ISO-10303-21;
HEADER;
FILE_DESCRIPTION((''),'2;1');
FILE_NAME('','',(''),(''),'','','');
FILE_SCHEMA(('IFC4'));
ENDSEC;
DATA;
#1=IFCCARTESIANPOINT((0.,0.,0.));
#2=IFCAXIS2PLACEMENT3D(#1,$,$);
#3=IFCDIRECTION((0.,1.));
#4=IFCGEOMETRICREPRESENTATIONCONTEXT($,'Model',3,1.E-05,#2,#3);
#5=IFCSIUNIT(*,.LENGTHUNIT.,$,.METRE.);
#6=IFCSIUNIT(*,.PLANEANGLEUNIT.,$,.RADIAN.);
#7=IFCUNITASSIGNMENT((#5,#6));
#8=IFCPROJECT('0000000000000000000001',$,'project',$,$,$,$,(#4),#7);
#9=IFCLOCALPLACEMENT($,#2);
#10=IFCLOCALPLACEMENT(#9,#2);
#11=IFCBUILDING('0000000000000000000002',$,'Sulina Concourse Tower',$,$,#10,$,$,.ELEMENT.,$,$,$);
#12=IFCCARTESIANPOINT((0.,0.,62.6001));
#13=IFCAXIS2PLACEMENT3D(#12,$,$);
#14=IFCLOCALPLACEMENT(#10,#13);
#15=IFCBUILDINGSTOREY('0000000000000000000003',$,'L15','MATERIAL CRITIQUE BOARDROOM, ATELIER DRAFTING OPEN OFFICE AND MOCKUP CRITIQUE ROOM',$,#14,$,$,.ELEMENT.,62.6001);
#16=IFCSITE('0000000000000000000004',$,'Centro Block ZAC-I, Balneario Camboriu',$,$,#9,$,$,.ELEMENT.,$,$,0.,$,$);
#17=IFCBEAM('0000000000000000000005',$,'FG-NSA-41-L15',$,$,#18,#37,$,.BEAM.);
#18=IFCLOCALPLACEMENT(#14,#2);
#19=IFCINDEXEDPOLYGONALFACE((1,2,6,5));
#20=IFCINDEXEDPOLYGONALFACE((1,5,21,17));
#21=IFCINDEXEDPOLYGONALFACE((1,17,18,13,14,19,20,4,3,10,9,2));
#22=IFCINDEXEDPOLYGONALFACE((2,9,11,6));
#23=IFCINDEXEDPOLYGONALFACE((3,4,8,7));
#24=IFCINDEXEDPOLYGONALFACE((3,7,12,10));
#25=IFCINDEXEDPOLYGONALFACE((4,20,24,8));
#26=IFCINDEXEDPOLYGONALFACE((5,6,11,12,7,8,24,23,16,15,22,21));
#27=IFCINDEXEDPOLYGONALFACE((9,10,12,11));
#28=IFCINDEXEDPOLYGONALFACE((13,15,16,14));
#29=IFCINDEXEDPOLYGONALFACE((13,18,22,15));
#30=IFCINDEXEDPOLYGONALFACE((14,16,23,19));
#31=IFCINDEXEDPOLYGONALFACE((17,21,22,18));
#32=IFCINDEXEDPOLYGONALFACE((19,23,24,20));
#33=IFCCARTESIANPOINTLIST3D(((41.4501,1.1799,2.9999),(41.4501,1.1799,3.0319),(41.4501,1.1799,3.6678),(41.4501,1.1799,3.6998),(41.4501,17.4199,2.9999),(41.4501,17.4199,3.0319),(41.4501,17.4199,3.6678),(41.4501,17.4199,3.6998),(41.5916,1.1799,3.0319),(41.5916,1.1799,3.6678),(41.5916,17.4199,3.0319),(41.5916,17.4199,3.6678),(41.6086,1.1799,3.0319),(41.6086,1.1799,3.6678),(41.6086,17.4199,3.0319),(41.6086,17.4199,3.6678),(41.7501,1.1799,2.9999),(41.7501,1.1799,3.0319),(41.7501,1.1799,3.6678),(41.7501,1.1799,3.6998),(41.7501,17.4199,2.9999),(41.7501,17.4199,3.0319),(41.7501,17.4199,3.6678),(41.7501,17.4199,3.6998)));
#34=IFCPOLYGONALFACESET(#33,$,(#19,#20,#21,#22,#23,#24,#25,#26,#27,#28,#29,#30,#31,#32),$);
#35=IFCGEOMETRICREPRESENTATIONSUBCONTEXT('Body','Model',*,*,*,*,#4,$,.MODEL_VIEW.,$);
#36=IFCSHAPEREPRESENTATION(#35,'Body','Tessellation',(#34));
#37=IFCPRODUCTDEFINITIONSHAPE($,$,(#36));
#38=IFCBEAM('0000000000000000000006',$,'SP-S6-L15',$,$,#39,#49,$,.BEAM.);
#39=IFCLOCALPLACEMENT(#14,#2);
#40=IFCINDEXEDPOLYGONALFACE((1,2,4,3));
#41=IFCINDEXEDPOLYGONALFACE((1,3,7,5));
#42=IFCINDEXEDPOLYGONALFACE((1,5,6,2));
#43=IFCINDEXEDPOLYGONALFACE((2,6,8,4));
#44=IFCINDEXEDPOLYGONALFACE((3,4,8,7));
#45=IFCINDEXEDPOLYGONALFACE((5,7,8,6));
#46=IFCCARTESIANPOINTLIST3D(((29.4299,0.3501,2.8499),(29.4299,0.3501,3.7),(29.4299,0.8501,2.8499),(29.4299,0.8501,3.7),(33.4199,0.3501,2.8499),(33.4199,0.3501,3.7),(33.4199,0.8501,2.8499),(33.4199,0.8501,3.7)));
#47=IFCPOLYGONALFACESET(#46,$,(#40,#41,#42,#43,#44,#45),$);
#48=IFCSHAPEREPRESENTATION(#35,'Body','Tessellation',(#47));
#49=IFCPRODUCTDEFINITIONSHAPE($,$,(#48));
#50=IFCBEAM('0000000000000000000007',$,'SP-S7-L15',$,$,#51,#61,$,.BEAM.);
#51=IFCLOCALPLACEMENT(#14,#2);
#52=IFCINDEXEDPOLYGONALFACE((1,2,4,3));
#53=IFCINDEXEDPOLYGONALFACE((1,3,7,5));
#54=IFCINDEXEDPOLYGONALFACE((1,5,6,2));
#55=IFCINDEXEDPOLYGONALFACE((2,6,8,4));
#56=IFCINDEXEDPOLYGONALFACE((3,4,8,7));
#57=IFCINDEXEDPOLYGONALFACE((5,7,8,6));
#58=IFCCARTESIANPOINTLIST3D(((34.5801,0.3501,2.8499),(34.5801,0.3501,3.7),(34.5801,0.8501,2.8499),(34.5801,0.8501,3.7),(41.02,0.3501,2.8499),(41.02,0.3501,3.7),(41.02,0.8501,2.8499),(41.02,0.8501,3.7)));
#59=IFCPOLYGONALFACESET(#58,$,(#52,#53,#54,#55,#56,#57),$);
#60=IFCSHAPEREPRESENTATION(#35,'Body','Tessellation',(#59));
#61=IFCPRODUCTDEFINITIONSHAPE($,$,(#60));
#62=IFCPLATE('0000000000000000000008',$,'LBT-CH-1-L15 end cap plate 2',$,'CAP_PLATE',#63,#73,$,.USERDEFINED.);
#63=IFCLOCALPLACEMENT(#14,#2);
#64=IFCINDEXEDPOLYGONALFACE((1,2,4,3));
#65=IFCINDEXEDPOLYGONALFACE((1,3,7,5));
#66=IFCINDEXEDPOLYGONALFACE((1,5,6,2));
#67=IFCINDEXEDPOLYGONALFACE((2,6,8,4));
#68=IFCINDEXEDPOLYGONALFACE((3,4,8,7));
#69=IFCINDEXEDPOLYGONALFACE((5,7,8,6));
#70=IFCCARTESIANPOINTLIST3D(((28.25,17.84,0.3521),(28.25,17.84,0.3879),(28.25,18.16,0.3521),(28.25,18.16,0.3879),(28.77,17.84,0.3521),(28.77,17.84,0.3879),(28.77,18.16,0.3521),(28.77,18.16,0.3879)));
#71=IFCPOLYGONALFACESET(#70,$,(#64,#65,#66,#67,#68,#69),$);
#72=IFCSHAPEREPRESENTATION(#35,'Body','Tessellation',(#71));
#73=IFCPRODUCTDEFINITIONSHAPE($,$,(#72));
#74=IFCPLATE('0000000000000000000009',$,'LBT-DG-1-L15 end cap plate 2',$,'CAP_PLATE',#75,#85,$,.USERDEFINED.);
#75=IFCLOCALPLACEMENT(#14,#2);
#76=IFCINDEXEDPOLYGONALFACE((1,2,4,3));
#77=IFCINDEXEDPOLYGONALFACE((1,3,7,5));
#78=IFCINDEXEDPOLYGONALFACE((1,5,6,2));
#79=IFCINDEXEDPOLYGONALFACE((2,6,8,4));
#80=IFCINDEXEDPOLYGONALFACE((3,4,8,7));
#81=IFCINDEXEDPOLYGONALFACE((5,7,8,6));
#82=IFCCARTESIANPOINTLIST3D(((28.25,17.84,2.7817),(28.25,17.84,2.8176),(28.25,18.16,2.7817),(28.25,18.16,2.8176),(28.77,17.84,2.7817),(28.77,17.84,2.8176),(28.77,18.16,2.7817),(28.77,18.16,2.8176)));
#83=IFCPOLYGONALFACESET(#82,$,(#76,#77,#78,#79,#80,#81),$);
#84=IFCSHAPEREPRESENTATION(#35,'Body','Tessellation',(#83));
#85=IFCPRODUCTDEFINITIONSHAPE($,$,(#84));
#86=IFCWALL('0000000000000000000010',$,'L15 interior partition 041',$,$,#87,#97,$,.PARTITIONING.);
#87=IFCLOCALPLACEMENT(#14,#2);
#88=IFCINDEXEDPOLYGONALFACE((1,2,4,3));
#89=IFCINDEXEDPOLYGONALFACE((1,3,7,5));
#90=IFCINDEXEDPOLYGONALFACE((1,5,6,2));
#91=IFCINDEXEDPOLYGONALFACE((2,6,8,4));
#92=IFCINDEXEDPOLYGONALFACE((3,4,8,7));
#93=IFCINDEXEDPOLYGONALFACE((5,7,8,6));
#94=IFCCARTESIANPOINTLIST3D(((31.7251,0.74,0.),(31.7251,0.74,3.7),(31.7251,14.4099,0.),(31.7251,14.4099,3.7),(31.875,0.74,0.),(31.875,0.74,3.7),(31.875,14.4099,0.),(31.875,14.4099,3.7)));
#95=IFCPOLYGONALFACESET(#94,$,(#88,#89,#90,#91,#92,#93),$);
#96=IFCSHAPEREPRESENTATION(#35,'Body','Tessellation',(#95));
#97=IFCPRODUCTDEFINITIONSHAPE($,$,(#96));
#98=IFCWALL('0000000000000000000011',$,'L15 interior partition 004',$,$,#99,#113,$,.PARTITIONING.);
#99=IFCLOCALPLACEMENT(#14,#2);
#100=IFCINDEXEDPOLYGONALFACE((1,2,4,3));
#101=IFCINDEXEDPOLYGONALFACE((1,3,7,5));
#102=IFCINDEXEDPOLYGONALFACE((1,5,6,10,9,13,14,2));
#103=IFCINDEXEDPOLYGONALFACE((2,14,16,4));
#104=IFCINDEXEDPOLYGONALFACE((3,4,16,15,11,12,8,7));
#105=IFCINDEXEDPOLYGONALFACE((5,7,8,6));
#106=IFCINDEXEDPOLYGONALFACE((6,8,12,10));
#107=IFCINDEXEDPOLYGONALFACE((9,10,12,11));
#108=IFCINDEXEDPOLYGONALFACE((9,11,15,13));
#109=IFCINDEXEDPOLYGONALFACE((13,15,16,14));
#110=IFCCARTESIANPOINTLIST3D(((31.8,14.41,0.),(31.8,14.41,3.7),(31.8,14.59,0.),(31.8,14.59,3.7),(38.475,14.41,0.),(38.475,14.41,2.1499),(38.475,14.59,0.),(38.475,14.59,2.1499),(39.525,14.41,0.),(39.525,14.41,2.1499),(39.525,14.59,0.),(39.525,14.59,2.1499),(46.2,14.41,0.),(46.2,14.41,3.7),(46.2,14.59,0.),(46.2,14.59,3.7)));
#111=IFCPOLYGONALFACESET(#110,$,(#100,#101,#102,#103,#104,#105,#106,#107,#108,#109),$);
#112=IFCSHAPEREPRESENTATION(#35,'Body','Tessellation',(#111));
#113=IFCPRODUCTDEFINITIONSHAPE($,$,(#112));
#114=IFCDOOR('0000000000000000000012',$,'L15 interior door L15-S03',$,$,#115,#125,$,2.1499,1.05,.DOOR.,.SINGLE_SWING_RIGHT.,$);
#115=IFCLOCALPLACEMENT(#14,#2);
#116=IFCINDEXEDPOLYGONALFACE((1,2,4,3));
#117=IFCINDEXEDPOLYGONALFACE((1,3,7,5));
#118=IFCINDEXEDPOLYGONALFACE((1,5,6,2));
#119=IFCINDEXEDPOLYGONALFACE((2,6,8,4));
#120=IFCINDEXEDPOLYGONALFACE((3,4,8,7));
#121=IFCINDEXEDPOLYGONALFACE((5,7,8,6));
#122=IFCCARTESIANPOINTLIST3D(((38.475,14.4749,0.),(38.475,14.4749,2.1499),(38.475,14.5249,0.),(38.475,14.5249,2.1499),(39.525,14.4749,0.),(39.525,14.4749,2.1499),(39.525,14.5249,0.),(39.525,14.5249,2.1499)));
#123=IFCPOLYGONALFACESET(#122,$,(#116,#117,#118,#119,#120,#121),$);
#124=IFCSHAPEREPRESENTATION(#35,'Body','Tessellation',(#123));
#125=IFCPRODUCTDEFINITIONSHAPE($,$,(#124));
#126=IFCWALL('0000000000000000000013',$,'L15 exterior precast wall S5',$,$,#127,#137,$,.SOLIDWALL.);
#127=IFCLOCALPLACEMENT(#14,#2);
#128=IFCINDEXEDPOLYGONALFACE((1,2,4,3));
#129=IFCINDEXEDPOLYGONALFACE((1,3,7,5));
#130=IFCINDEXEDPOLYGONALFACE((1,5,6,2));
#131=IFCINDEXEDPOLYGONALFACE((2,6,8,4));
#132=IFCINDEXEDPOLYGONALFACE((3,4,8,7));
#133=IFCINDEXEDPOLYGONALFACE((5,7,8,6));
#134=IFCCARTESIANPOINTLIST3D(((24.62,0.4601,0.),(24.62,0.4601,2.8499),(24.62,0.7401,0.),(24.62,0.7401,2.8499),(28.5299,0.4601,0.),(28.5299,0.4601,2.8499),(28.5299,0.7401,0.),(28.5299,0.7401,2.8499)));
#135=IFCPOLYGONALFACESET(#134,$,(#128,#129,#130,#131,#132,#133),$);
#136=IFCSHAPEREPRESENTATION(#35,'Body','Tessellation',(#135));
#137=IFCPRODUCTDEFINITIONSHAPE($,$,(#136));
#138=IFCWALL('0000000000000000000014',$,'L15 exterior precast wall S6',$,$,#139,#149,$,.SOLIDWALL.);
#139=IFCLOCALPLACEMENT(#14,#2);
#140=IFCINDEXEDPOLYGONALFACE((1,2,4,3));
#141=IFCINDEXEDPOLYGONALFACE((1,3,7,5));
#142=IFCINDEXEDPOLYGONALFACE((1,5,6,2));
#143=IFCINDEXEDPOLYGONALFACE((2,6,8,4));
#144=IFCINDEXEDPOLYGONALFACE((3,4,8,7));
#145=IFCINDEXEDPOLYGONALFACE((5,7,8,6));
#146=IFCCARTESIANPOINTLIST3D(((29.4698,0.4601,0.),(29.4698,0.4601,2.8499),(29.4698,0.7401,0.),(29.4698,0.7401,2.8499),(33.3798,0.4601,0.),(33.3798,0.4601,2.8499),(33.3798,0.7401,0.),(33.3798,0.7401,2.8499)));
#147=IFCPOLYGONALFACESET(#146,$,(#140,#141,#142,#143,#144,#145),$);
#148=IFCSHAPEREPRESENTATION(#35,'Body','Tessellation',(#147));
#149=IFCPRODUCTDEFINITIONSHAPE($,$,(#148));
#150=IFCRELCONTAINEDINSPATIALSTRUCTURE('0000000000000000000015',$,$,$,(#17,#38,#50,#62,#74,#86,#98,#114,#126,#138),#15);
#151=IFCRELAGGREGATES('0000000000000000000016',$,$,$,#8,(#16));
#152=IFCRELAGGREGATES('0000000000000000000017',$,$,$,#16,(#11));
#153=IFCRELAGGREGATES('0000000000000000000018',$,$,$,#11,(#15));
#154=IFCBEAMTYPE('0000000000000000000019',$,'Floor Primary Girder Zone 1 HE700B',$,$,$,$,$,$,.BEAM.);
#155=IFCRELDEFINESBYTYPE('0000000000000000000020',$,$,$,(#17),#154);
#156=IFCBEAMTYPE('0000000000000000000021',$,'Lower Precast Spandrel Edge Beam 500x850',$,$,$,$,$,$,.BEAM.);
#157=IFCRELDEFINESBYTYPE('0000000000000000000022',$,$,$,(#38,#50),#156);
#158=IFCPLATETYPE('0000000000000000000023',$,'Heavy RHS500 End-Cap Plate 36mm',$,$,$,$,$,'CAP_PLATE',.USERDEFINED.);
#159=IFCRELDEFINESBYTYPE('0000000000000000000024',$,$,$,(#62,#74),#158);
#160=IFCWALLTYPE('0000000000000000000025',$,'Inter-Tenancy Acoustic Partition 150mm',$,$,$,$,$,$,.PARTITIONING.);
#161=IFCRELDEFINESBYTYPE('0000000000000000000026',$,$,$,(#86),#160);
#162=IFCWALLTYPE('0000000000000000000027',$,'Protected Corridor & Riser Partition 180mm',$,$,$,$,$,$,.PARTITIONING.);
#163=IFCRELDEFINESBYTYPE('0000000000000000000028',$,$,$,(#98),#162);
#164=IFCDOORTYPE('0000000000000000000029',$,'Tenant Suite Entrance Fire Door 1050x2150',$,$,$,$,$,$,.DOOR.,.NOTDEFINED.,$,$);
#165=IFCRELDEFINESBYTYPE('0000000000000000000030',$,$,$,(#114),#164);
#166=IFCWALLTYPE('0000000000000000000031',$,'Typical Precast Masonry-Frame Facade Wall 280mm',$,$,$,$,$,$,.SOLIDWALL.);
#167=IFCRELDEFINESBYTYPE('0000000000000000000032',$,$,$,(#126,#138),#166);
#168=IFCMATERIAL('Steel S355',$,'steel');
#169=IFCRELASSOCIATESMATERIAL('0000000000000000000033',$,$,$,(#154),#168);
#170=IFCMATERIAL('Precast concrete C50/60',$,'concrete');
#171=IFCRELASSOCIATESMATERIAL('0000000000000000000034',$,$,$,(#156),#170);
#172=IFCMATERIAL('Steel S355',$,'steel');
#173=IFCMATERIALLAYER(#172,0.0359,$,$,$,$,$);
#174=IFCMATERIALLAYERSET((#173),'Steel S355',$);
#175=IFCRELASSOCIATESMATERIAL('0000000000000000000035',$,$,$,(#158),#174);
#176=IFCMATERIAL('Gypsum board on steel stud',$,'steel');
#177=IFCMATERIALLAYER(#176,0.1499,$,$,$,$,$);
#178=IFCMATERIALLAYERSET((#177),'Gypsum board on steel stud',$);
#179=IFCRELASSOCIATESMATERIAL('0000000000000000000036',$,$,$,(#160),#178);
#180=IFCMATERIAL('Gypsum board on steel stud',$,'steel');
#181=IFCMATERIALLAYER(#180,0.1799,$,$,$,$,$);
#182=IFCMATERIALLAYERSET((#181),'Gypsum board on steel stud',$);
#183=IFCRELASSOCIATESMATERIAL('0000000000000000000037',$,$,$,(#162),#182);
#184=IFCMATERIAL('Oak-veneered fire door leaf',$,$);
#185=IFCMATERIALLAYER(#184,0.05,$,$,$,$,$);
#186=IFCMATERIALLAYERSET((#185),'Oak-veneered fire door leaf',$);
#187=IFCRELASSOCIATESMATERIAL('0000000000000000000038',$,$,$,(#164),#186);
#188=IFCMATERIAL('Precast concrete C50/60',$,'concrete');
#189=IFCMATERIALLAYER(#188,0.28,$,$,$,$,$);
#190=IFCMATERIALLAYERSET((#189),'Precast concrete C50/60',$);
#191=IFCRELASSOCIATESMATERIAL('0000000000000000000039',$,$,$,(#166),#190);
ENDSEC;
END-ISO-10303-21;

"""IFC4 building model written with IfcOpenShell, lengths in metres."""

from ifc_helpers import new_model, si_unit, direction, frame, frame_2d, origin, origin_2d, place, context, subcontext, project, spatial, rectangle, i_section, extrude, material, layer, layer_set, material_profile, profile_set, type_object, element, fill, save


model = new_model("IFC4")

# Units and contexts
model_context = context("Model", 3, precision=1e-05, world=origin(), true_north=direction((0.0, 1.0)))
body_context = subcontext(model_context, "Body", "Model", "MODEL_VIEW")
ifc_project = project(units=[si_unit("LENGTHUNIT", "METRE"), si_unit("PLANEANGLEUNIT", "RADIAN")], contexts=[model_context])

# Site, building, storey
site_placement = place(None, origin())
site = spatial("IfcSite", under=ifc_project, at=site_placement, Name="Centro Block ZAC-I, Balneario Camboriu", CompositionType="ELEMENT", RefElevation=0.0)
building_placement = place(site_placement, origin())
building = spatial("IfcBuilding", under=site, at=building_placement, Name="Sulina Concourse Tower", CompositionType="ELEMENT")
storey_placement = place(building_placement, frame((0.0, 0.0, 62.6001)))
storey = spatial("IfcBuildingStorey", under=building, at=storey_placement, Name="L15", Description="MATERIAL CRITIQUE BOARDROOM, ATELIER DRAFTING OPEN OFFICE AND MOCKUP CRITIQUE ROOM", CompositionType="ELEMENT", Elevation=62.6001)

# Beams
ifc_material_1 = material(Name="Steel S355", Category="steel")
ifc_material_profile_1 = material_profile(ifc_material_1, i_section(OverallWidth=0.3, OverallDepth=0.7, WebThickness=0.0171, FlangeThickness=0.032, at=origin_2d()), Name="HE 700 B")
ifc_profile_set_1 = profile_set([ifc_material_profile_1], Name="Steel S355")
beam_type_1 = type_object("IfcBeamType", Name="Floor Primary Girder Zone 1 HE700B", PredefinedType="BEAM", material=ifc_profile_set_1)
beam_1_placement = place(storey_placement, frame((41.6001, 1.1799, 3.3499), z_axis=(0.0, 1.0, 0.0), x_axis=(-1.0, 0.0, 0.0)))
element("IfcBeam", 1, at=beam_1_placement, inside=storey, type_object=beam_type_1, Name="FG-NSA-41-L15", PredefinedType="BEAM", context=body_context, shape_type="SweptSolid", body=[
    extrude(i_section(OverallWidth=0.3, OverallDepth=0.7, WebThickness=0.0171, FlangeThickness=0.032, at=origin_2d()), origin(), (0.0, 0.0, 1.0), 16.24),
])
ifc_material_2 = material(Name="Precast concrete C50/60", Category="concrete")
ifc_material_profile_2 = material_profile(ifc_material_2, rectangle(XDim=0.5, YDim=0.8501, at=origin_2d()), Name="RC 500x850")
ifc_profile_set_2 = profile_set([ifc_material_profile_2], Name="Precast concrete C50/60")
beam_type_2 = type_object("IfcBeamType", Name="Lower Precast Spandrel Edge Beam 500x850", PredefinedType="BEAM", material=ifc_profile_set_2)
beam_2_placement = place(storey_placement, frame((29.4299, 0.6001, 3.2749), z_axis=(1.0, 0.0, 0.0), x_axis=(0.0, 1.0, 0.0)))
element("IfcBeam", 2, at=beam_2_placement, inside=storey, type_object=beam_type_2, Name="SP-S6-L15", PredefinedType="BEAM", context=body_context, shape_type="SweptSolid", body=[
    extrude(rectangle(XDim=0.5, YDim=0.8501, at=origin_2d()), origin(), (0.0, 0.0, 1.0), 3.99),
])
beam_3_placement = place(storey_placement, frame((34.5801, 0.6001, 3.2749), z_axis=(1.0, 0.0, 0.0), x_axis=(0.0, 1.0, 0.0)))
element("IfcBeam", 3, at=beam_3_placement, inside=storey, type_object=beam_type_2, Name="SP-S7-L15", PredefinedType="BEAM", context=body_context, shape_type="SweptSolid", body=[
    extrude(rectangle(XDim=0.5, YDim=0.8501, at=origin_2d()), origin(), (0.0, 0.0, 1.0), 6.4399),
])

# Plates
ifc_material_3 = material(Name="Steel S355", Category="steel")
ifc_layer_1 = layer(ifc_material_3, 0.0359)
ifc_layer_set_1 = layer_set([ifc_layer_1], Name="Steel S355")
plate_type = type_object("IfcPlateType", Name="Heavy RHS500 End-Cap Plate 36mm", ElementType="CAP_PLATE", PredefinedType="USERDEFINED", material=ifc_layer_set_1)
for number, where, z_axis, x_axis, name in (
    (4, (28.51, 18.0, 0.3521), (0.0, 0.0, 1.0), (1.0, 0.0, 0.0), "LBT-CH-1-L15 end cap plate 2"),
    (5, (28.51, 18.0, 2.7817), (0.0, 0.0, 1.0), (1.0, 0.0, 0.0), "LBT-DG-1-L15 end cap plate 2"),
):
    element("IfcPlate", number, at=place(storey_placement, frame(where, z_axis=z_axis, x_axis=x_axis)), inside=storey, type_object=plate_type, Name=name, ObjectType="CAP_PLATE", PredefinedType="USERDEFINED", context=body_context, shape_type="SweptSolid", body=[
        extrude(rectangle(XDim=0.52, YDim=0.3201, at=origin_2d()), origin(), (0.0, 0.0, 1.0), 0.0359),
    ])

# Wall
ifc_material_4 = material(Name="Gypsum board on steel stud", Category="steel")
ifc_layer_2 = layer(ifc_material_4, 0.1499)
ifc_layer_set_2 = layer_set([ifc_layer_2], Name="Gypsum board on steel stud")
wall_type_1 = type_object("IfcWallType", Name="Inter-Tenancy Acoustic Partition 150mm", PredefinedType="PARTITIONING", material=ifc_layer_set_2)
wall_1_placement = place(storey_placement, frame((31.8, 0.74, 0.0), z_axis=(0.0, 0.0, 1.0), x_axis=(0.0, 1.0, 0.0)))
element("IfcWall", 6, at=wall_1_placement, inside=storey, type_object=wall_type_1, Name="L15 interior partition 041", PredefinedType="PARTITIONING", context=body_context, shape_type="SweptSolid", body=[
    extrude(rectangle(XDim=13.6699, YDim=0.1499, at=frame_2d((6.835, 0.0))), origin(), (0.0, 0.0, 1.0), 3.7),
])

# Wall, opening, door
ifc_material_5 = material(Name="Gypsum board on steel stud", Category="steel")
ifc_layer_3 = layer(ifc_material_5, 0.1799)
ifc_layer_set_3 = layer_set([ifc_layer_3], Name="Gypsum board on steel stud")
wall_type_2 = type_object("IfcWallType", Name="Protected Corridor & Riser Partition 180mm", PredefinedType="PARTITIONING", material=ifc_layer_set_3)
wall_2_placement = place(storey_placement, frame((31.8, 14.5, 0.0), z_axis=(0.0, 0.0, 1.0), x_axis=(1.0, 0.0, 0.0)))
wall_2 = element("IfcWall", 7, at=wall_2_placement, inside=storey, type_object=wall_type_2, Name="L15 interior partition 004", PredefinedType="PARTITIONING", context=body_context, shape_type="SweptSolid", body=[
    extrude(rectangle(XDim=14.3999, YDim=0.1799, at=frame_2d((7.2, 0.0))), origin(), (0.0, 0.0, 1.0), 3.7),
])
opening_1_placement = place(wall_2_placement, frame((6.675, 0.0, 0.0)))
opening_1 = element("IfcOpeningElement", 8, at=opening_1_placement, cuts=wall_2, PredefinedType="OPENING", context=body_context, shape_type="SweptSolid", body=[
    extrude(rectangle(XDim=1.05, YDim=2.1499, at=frame_2d((0.5249, 1.075))), frame((0.0, 0.0999, 0.0), z_axis=(0.0, -1.0, 0.0), x_axis=(1.0, 0.0, 0.0)), (0.0, 0.0, 1.0), 0.2),
])
ifc_material_6 = material(Name="Oak-veneered fire door leaf")
ifc_layer_4 = layer(ifc_material_6, 0.05)
ifc_layer_set_4 = layer_set([ifc_layer_4], Name="Oak-veneered fire door leaf")
door_type = type_object("IfcDoorType", Name="Tenant Suite Entrance Fire Door 1050x2150", OperationType="NOTDEFINED", PredefinedType="DOOR", material=ifc_layer_set_4)
door_placement = place(opening_1_placement, origin())
door = element("IfcDoor", 9, at=door_placement, inside=storey, type_object=door_type, Name="L15 interior door L15-S03", OperationType="SINGLE_SWING_RIGHT", OverallHeight=2.1499, OverallWidth=1.05, PredefinedType="DOOR", context=body_context, shape_type="SweptSolid", body=[
    extrude(rectangle(XDim=1.05, YDim=2.1499, at=frame_2d((0.5249, 1.075))), frame((0.0, 0.0249, 0.0), z_axis=(0.0, -1.0, 0.0), x_axis=(1.0, 0.0, 0.0)), (0.0, 0.0, 1.0), 0.05),
])
fill(opening_1, door)

# Walls
ifc_material_7 = material(Name="Precast concrete C50/60", Category="concrete")
ifc_layer_5 = layer(ifc_material_7, 0.28)
ifc_layer_set_5 = layer_set([ifc_layer_5], Name="Precast concrete C50/60")
wall_type_3 = type_object("IfcWallType", Name="Typical Precast Masonry-Frame Facade Wall 280mm", PredefinedType="SOLIDWALL", material=ifc_layer_set_5)
for number, where, z_axis, x_axis, name in (
    (10, (28.53, 0.6001, 0.0), (0.0, 0.0, 1.0), (-1.0, 0.0, 0.0), "L15 exterior precast wall S5"),
    (11, (33.3799, 0.6001, 0.0), (0.0, 0.0, 1.0), (-1.0, 0.0, 0.0), "L15 exterior precast wall S6"),
):
    element("IfcWall", number, at=place(storey_placement, frame(where, z_axis=z_axis, x_axis=x_axis)), inside=storey, type_object=wall_type_3, Name=name, PredefinedType="SOLIDWALL", context=body_context, shape_type="SweptSolid", body=[
        extrude(rectangle(XDim=3.9099, YDim=0.28, at=frame_2d((1.9551, 0.0))), origin(), (0.0, 0.0, 1.0), 2.8499),
    ])

save(model, "model.ifc")
